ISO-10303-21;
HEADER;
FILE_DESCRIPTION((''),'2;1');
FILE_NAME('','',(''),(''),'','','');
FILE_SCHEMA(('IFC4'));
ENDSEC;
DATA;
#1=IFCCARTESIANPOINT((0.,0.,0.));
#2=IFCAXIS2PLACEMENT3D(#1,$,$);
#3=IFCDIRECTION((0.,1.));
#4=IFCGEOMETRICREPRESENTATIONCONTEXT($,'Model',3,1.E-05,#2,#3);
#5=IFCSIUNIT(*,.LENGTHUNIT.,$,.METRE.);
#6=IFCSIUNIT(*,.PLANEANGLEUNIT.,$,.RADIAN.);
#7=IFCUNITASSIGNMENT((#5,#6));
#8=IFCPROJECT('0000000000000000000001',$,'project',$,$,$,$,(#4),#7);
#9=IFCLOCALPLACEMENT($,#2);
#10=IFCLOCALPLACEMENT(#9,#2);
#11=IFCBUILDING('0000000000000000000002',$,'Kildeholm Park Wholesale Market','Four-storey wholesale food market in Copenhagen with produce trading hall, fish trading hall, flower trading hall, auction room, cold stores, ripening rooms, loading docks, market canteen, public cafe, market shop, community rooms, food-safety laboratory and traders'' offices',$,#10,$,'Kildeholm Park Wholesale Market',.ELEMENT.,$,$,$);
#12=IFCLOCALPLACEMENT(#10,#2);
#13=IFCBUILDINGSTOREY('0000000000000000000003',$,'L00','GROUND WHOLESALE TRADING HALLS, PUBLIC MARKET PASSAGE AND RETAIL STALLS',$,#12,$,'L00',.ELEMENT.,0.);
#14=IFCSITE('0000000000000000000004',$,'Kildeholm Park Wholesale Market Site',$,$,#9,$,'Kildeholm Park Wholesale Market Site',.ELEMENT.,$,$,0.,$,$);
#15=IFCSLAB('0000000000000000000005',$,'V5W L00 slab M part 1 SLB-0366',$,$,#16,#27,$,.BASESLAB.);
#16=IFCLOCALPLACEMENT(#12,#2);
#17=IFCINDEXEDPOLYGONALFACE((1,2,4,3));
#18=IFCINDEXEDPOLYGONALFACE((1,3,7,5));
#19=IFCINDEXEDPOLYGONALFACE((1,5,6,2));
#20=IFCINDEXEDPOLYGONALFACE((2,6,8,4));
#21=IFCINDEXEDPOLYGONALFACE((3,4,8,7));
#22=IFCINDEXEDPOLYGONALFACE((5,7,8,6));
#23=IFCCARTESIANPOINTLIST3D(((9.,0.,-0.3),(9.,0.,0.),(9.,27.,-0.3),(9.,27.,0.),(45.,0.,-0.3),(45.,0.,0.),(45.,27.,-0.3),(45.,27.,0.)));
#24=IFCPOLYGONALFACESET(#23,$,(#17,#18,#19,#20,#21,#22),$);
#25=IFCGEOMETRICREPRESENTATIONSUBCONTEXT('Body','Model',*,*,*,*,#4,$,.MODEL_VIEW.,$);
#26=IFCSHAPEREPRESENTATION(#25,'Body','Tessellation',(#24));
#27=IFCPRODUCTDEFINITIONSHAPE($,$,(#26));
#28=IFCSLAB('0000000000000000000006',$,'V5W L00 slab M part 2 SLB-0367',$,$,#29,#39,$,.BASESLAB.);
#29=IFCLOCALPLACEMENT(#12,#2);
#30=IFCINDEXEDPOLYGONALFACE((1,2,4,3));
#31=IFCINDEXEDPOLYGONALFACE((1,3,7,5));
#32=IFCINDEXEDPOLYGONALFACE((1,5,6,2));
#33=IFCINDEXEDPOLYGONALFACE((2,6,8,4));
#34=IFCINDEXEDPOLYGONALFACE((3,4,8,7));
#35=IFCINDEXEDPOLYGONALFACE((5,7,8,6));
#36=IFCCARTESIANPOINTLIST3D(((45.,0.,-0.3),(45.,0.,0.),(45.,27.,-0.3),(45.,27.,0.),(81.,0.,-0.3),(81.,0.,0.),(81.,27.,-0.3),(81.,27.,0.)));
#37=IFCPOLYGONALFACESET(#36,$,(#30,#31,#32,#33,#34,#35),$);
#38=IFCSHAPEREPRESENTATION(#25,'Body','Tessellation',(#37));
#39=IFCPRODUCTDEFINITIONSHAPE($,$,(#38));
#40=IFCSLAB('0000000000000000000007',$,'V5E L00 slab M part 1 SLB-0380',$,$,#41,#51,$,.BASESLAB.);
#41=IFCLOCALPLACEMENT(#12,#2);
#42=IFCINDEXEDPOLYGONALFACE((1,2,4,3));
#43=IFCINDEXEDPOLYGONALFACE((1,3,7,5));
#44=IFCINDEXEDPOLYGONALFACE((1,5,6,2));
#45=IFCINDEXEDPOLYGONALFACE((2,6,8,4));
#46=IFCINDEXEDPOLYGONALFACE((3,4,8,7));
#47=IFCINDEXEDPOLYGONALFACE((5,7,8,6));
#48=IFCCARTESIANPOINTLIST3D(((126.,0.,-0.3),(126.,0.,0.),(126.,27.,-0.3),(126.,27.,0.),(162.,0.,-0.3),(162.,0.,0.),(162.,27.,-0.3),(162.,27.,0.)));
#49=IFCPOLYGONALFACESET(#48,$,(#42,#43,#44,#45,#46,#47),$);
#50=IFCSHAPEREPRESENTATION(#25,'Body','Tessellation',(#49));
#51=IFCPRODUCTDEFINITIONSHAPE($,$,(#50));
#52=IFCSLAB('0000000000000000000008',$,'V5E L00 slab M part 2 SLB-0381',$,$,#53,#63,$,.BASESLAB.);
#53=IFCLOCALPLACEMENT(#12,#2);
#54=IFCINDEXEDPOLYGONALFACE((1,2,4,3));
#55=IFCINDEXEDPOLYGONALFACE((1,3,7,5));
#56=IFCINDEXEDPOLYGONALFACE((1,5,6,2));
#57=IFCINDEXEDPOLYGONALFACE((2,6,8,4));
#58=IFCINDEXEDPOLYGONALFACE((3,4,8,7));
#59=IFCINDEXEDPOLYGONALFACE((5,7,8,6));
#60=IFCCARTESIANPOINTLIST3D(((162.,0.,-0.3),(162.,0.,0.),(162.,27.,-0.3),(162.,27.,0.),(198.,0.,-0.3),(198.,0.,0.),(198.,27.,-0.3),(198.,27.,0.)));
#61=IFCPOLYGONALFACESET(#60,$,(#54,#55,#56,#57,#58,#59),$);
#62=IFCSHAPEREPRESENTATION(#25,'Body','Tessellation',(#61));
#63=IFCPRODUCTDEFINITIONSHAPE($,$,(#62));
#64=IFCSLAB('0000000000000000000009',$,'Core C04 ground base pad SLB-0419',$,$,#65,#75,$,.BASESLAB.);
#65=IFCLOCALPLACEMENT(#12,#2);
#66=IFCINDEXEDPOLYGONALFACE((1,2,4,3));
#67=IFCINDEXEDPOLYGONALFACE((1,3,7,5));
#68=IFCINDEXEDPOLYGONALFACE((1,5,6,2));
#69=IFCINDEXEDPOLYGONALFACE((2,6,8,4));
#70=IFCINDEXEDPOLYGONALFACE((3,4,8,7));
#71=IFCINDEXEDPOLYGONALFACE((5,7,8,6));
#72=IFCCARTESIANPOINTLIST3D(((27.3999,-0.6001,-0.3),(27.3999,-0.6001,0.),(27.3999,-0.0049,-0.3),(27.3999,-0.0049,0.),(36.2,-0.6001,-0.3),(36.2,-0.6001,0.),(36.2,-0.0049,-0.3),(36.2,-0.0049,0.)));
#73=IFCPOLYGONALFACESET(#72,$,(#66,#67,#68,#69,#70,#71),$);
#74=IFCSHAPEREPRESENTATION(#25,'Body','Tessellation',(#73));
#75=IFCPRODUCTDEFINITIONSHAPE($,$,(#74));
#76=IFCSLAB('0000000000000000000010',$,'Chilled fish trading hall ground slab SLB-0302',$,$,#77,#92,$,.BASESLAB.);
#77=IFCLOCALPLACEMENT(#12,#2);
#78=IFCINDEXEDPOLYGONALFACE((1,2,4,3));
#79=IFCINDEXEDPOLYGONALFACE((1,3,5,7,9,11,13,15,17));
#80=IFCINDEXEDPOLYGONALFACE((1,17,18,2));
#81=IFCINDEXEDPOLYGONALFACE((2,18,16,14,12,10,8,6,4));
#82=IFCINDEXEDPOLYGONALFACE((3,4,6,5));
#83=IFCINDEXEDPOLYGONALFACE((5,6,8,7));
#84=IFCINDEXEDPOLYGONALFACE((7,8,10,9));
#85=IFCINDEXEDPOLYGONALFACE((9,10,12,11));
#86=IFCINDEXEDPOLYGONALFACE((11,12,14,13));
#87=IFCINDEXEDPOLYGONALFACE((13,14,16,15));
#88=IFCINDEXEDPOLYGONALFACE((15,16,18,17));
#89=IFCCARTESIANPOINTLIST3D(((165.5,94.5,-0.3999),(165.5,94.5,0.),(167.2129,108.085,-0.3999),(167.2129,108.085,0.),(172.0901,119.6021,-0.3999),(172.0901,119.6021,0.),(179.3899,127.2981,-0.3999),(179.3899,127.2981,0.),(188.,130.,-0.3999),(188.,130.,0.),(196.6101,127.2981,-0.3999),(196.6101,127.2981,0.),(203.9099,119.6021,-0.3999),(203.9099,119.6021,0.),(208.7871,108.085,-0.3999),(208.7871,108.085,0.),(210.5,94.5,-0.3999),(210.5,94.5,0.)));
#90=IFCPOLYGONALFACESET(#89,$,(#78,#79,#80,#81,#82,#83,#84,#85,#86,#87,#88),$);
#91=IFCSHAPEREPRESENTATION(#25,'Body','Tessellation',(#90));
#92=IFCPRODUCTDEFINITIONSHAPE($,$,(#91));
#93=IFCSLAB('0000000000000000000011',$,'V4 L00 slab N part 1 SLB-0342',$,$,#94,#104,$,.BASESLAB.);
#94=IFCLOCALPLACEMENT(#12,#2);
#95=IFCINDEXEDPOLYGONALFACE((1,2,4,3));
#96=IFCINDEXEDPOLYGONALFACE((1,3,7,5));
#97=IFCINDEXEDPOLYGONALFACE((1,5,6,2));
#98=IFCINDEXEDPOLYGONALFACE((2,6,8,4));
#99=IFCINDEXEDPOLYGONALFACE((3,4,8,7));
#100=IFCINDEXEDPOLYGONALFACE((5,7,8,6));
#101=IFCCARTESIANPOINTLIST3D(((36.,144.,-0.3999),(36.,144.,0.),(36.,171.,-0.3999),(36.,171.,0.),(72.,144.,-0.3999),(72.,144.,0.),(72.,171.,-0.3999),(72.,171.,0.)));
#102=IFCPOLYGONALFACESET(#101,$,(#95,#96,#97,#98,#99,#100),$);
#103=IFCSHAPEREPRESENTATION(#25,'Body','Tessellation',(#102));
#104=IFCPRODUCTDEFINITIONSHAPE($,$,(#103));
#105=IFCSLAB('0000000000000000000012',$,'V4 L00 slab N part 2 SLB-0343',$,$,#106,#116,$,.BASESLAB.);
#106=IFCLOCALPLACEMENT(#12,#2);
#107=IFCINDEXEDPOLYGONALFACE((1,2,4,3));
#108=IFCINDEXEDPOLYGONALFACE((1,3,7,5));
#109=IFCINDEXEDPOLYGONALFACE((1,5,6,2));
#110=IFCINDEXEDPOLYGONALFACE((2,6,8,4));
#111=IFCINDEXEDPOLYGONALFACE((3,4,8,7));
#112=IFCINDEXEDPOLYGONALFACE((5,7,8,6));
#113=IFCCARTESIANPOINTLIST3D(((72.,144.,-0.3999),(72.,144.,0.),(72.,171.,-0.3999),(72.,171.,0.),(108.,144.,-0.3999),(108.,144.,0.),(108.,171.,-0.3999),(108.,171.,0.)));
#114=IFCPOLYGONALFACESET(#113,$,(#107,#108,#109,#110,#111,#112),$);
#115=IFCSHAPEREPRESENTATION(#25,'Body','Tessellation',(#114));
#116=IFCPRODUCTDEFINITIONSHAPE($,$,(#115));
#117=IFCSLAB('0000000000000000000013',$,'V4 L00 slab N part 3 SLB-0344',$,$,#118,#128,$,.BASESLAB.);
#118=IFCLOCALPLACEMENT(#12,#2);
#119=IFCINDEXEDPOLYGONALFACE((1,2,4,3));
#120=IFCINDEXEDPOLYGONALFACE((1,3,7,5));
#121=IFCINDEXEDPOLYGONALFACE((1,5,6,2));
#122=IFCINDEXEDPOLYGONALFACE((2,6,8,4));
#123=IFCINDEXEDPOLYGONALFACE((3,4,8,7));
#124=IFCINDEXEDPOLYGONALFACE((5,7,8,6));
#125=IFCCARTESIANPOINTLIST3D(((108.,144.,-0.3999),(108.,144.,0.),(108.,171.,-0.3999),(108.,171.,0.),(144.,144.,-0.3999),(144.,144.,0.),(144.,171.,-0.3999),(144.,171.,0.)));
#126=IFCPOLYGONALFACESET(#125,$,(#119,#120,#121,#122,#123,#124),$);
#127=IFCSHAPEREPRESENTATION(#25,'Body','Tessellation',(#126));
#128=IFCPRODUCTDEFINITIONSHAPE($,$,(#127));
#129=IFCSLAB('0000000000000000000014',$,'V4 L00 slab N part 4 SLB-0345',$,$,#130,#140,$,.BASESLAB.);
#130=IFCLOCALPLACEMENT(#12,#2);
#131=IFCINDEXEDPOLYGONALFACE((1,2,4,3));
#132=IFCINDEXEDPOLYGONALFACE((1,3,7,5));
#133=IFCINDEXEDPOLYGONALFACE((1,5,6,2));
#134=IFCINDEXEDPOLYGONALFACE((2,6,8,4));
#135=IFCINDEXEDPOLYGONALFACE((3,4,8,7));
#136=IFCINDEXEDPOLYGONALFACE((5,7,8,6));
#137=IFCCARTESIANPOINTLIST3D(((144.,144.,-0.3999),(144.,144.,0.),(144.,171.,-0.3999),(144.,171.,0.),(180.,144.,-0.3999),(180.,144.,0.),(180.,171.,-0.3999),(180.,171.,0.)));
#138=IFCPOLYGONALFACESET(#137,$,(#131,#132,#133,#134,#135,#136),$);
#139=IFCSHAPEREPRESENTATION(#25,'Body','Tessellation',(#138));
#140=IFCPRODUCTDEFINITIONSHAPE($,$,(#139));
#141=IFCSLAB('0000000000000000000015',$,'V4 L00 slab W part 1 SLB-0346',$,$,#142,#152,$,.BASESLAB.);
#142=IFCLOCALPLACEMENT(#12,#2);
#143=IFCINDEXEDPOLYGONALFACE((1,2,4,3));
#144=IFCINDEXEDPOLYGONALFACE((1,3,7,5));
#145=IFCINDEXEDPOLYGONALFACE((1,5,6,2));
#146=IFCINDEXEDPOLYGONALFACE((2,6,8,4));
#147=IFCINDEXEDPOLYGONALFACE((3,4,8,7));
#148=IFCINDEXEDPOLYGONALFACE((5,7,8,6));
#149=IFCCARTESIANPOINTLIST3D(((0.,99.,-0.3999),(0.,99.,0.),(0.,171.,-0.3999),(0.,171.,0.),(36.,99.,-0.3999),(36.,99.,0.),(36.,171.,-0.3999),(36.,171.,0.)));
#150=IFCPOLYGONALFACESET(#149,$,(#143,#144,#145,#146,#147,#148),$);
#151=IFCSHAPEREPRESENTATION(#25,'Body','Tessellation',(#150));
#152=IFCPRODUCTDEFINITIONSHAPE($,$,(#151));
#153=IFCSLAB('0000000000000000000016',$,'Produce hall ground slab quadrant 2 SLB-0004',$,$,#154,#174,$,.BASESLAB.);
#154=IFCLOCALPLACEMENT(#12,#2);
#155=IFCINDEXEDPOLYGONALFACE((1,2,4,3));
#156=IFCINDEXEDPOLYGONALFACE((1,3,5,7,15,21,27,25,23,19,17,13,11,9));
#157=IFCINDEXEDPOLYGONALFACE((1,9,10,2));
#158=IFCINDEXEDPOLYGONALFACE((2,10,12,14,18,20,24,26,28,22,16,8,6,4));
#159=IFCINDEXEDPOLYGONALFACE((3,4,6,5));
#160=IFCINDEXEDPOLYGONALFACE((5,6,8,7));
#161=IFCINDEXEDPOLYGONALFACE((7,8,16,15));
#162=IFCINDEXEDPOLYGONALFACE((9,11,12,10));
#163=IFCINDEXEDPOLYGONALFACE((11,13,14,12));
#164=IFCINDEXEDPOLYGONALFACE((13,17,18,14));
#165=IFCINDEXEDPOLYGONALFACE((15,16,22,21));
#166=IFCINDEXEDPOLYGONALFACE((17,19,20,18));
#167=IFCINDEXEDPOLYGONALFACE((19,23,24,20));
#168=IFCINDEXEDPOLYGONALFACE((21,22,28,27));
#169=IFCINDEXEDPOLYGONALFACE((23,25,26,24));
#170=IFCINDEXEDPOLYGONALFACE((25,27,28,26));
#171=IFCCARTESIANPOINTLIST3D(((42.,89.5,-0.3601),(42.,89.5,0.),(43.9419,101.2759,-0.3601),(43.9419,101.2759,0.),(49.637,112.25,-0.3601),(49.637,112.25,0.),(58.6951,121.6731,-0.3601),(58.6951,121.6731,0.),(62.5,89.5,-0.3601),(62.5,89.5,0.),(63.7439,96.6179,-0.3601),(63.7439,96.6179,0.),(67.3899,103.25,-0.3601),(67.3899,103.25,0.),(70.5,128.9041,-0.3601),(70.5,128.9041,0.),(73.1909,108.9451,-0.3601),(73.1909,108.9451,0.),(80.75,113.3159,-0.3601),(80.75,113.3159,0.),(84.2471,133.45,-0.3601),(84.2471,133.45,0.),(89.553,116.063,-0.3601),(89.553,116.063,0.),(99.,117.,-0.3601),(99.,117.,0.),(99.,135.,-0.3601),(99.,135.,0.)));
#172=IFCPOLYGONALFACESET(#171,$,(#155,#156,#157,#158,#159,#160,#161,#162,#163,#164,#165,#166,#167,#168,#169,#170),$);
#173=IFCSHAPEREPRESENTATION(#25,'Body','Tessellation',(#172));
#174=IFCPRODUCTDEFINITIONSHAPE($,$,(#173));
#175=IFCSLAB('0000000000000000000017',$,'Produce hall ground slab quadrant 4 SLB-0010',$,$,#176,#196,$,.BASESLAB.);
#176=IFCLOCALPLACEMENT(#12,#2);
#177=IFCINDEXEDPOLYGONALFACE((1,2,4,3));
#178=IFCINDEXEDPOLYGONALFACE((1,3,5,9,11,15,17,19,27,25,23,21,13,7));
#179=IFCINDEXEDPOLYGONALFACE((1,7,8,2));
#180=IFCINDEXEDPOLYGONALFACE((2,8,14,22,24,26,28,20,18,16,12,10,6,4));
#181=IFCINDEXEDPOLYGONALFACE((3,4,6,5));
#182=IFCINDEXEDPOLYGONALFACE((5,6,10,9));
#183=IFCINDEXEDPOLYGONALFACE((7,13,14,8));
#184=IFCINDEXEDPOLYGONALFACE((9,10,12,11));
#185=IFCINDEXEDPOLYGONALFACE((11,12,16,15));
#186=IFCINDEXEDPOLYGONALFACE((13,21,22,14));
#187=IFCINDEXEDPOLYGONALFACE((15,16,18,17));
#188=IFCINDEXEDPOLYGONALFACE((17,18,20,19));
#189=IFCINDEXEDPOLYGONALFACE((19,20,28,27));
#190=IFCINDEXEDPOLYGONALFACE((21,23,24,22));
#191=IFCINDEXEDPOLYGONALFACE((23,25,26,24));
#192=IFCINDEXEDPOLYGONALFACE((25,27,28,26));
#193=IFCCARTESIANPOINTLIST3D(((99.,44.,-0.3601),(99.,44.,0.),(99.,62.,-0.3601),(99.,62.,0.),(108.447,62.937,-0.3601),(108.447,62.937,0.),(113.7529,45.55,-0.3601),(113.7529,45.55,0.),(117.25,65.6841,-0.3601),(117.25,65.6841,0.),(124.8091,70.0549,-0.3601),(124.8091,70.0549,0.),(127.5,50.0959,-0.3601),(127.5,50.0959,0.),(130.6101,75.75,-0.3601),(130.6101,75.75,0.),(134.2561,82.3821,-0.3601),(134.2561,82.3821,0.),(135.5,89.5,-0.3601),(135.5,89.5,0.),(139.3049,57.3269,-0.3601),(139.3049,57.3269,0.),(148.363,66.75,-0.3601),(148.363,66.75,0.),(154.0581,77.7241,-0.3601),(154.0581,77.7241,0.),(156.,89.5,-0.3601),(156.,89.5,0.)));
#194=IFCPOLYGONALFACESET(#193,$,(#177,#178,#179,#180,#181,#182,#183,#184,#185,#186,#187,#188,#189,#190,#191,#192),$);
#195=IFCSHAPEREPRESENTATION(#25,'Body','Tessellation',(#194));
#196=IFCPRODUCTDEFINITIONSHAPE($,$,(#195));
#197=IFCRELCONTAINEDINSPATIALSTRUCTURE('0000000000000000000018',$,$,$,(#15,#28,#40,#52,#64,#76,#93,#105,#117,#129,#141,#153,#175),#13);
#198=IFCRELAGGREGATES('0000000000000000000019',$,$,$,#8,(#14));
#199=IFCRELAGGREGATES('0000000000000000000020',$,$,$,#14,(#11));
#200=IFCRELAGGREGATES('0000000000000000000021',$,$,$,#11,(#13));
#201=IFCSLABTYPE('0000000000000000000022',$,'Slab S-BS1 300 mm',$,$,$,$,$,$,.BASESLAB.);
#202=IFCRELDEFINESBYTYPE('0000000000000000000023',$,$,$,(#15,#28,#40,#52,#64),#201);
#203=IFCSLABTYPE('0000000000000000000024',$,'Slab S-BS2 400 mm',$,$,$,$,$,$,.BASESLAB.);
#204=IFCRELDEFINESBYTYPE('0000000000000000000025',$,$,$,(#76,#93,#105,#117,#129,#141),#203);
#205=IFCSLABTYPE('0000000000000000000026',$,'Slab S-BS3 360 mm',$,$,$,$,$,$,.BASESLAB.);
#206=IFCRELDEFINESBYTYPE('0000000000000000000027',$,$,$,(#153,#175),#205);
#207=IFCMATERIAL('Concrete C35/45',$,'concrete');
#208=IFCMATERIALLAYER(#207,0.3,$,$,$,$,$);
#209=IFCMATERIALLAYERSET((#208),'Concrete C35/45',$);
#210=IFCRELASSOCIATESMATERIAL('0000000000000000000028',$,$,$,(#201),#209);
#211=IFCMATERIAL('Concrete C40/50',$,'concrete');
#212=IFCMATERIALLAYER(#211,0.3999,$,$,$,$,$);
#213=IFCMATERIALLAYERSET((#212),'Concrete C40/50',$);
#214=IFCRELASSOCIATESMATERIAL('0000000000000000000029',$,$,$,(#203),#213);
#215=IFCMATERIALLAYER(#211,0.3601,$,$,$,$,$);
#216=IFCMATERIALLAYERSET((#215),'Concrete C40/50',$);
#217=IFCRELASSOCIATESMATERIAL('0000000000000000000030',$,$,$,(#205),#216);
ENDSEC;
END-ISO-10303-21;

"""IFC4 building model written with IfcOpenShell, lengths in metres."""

from ifc_helpers import new_model, si_unit, direction, frame, origin, place, context, subcontext, project, spatial, polyline, outline, extrude, material, layer, layer_set, type_object, element, save


model = new_model("IFC4")

# Units and contexts
model_context = context("Model", 3, precision=1e-05, world=origin(), true_north=direction((0.0, 1.0)))
body_context = subcontext(model_context, "Body", "Model", "MODEL_VIEW")
ifc_project = project(units=[si_unit("LENGTHUNIT", "METRE"), si_unit("PLANEANGLEUNIT", "RADIAN")], contexts=[model_context])

# Site, building, storey
site_placement = place(None, origin())
site = spatial("IfcSite", under=ifc_project, at=site_placement, Name="Kildeholm Park Wholesale Market Site", LongName="Kildeholm Park Wholesale Market Site", CompositionType="ELEMENT", RefElevation=0.0)
building_placement = place(site_placement, origin())
building = spatial("IfcBuilding", under=site, at=building_placement, Name="Kildeholm Park Wholesale Market", Description="Four-storey wholesale food market in Copenhagen with produce trading hall, fish trading hall, flower trading hall, auction room, cold stores, ripening rooms, loading docks, market canteen, public cafe, market shop, community rooms, food-safety laboratory and traders' offices", LongName="Kildeholm Park Wholesale Market", CompositionType="ELEMENT")
storey_placement = place(building_placement, origin())
storey = spatial("IfcBuildingStorey", under=building, at=storey_placement, Name="L00", Description="GROUND WHOLESALE TRADING HALLS, PUBLIC MARKET PASSAGE AND RETAIL STALLS", LongName="L00", CompositionType="ELEMENT", Elevation=0.0)

# Shared definitions
ifc_material_1 = material(Name="Concrete C35/45", Category="concrete")

# Slabs
ifc_material_2 = material(Name="Concrete C40/50", Category="concrete")
ifc_layer_1 = layer(ifc_material_1, 0.3)
ifc_layer_set_1 = layer_set([ifc_layer_1], Name="Concrete C35/45")
slab_type_1 = type_object("IfcSlabType", Name="Slab S-BS1 300 mm", PredefinedType="BASESLAB", material=ifc_layer_set_1)
slab_1_placement = place(storey_placement, frame((0.0, 0.0, -0.3)))
element("IfcSlab", 1, at=slab_1_placement, inside=storey, type_object=slab_type_1, Name="V5W L00 slab M part 1 SLB-0366", PredefinedType="BASESLAB", context=body_context, shape_type="SweptSolid", body=[
    extrude(outline(polyline([(9.0, 0.0), (45.0, 0.0), (45.0, 27.0), (9.0, 27.0), (9.0, 0.0)])), origin(), (0.0, 0.0, 1.0), 0.3),
])
slab_2_placement = place(storey_placement, frame((0.0, 0.0, -0.3)))
element("IfcSlab", 2, at=slab_2_placement, inside=storey, type_object=slab_type_1, Name="V5W L00 slab M part 2 SLB-0367", PredefinedType="BASESLAB", context=body_context, shape_type="SweptSolid", body=[
    extrude(outline(polyline([(45.0, 0.0), (81.0, 0.0), (81.0, 27.0), (45.0, 27.0), (45.0, 0.0)])), origin(), (0.0, 0.0, 1.0), 0.3),
])
slab_3_placement = place(storey_placement, frame((0.0, 0.0, -0.3)))
element("IfcSlab", 3, at=slab_3_placement, inside=storey, type_object=slab_type_1, Name="V5E L00 slab M part 1 SLB-0380", PredefinedType="BASESLAB", context=body_context, shape_type="SweptSolid", body=[
    extrude(outline(polyline([(126.0, 0.0), (162.0, 0.0), (162.0, 27.0), (126.0, 27.0), (126.0, 0.0)])), origin(), (0.0, 0.0, 1.0), 0.3),
])
slab_4_placement = place(storey_placement, frame((0.0, 0.0, -0.3)))
element("IfcSlab", 4, at=slab_4_placement, inside=storey, type_object=slab_type_1, Name="V5E L00 slab M part 2 SLB-0381", PredefinedType="BASESLAB", context=body_context, shape_type="SweptSolid", body=[
    extrude(outline(polyline([(162.0, 0.0), (198.0, 0.0), (198.0, 27.0), (162.0, 27.0), (162.0, 0.0)])), origin(), (0.0, 0.0, 1.0), 0.3),
])
slab_5_placement = place(storey_placement, frame((0.0, 0.0, -0.3)))
element("IfcSlab", 5, at=slab_5_placement, inside=storey, type_object=slab_type_1, Name="Core C04 ground base pad SLB-0419", PredefinedType="BASESLAB", context=body_context, shape_type="SweptSolid", body=[
    extrude(outline(polyline([(36.2, -0.6001), (27.3999, -0.6001), (27.3999, -0.0049), (36.2, -0.0049), (36.2, -0.6001)])), origin(), (0.0, 0.0, 1.0), 0.3),
])
ifc_layer_2 = layer(ifc_material_2, 0.3999)
ifc_layer_set_2 = layer_set([ifc_layer_2], Name="Concrete C40/50")
slab_type_2 = type_object("IfcSlabType", Name="Slab S-BS2 400 mm", PredefinedType="BASESLAB", material=ifc_layer_set_2)
slab_6_placement = place(storey_placement, frame((0.0, 0.0, -0.3999)))
element("IfcSlab", 6, at=slab_6_placement, inside=storey, type_object=slab_type_2, Name="Chilled fish trading hall ground slab SLB-0302", PredefinedType="BASESLAB", context=body_context, shape_type="SweptSolid", body=[
    extrude(outline(polyline([(210.5, 94.5), (208.7871, 108.085), (203.9099, 119.6021), (196.6101, 127.2981), (188.0, 130.0), (179.3899, 127.2981), (172.0901, 119.6021), (167.2129, 108.085), (165.5, 94.5), (210.5, 94.5)])), origin(), (0.0, 0.0, 1.0), 0.3999),
])
slab_7_placement = place(storey_placement, frame((0.0, 0.0, -0.3999)))
element("IfcSlab", 7, at=slab_7_placement, inside=storey, type_object=slab_type_2, Name="V4 L00 slab N part 1 SLB-0342", PredefinedType="BASESLAB", context=body_context, shape_type="SweptSolid", body=[
    extrude(outline(polyline([(36.0, 144.0), (72.0, 144.0), (72.0, 171.0), (36.0, 171.0), (36.0, 144.0)])), origin(), (0.0, 0.0, 1.0), 0.3999),
])
slab_8_placement = place(storey_placement, frame((0.0, 0.0, -0.3999)))
element("IfcSlab", 8, at=slab_8_placement, inside=storey, type_object=slab_type_2, Name="V4 L00 slab N part 2 SLB-0343", PredefinedType="BASESLAB", context=body_context, shape_type="SweptSolid", body=[
    extrude(outline(polyline([(72.0, 144.0), (108.0, 144.0), (108.0, 171.0), (72.0, 171.0), (72.0, 144.0)])), origin(), (0.0, 0.0, 1.0), 0.3999),
])
slab_9_placement = place(storey_placement, frame((0.0, 0.0, -0.3999)))
element("IfcSlab", 9, at=slab_9_placement, inside=storey, type_object=slab_type_2, Name="V4 L00 slab N part 3 SLB-0344", PredefinedType="BASESLAB", context=body_context, shape_type="SweptSolid", body=[
    extrude(outline(polyline([(108.0, 144.0), (144.0, 144.0), (144.0, 171.0), (108.0, 171.0), (108.0, 144.0)])), origin(), (0.0, 0.0, 1.0), 0.3999),
])
slab_10_placement = place(storey_placement, frame((0.0, 0.0, -0.3999)))
element("IfcSlab", 10, at=slab_10_placement, inside=storey, type_object=slab_type_2, Name="V4 L00 slab N part 4 SLB-0345", PredefinedType="BASESLAB", context=body_context, shape_type="SweptSolid", body=[
    extrude(outline(polyline([(144.0, 144.0), (180.0, 144.0), (180.0, 171.0), (144.0, 171.0), (144.0, 144.0)])), origin(), (0.0, 0.0, 1.0), 0.3999),
])
slab_11_placement = place(storey_placement, frame((0.0, 0.0, -0.3999)))
element("IfcSlab", 11, at=slab_11_placement, inside=storey, type_object=slab_type_2, Name="V4 L00 slab W part 1 SLB-0346", PredefinedType="BASESLAB", context=body_context, shape_type="SweptSolid", body=[
    extrude(outline(polyline([(0.0, 99.0), (36.0, 99.0), (36.0, 171.0), (0.0, 171.0), (0.0, 99.0)])), origin(), (0.0, 0.0, 1.0), 0.3999),
])
ifc_layer_3 = layer(ifc_material_2, 0.3601)
ifc_layer_set_3 = layer_set([ifc_layer_3], Name="Concrete C40/50")
slab_type_3 = type_object("IfcSlabType", Name="Slab S-BS3 360 mm", PredefinedType="BASESLAB", material=ifc_layer_set_3)
slab_12_placement = place(storey_placement, frame((0.0, 0.0, -0.3601)))
element("IfcSlab", 12, at=slab_12_placement, inside=storey, type_object=slab_type_3, Name="Produce hall ground slab quadrant 2 SLB-0004", PredefinedType="BASESLAB", context=body_context, shape_type="SweptSolid", body=[
    extrude(outline(polyline([(99.0, 135.0), (84.2471, 133.45), (70.5, 128.9041), (58.6951, 121.6731), (49.637, 112.25), (43.9419, 101.2759), (42.0, 89.5), (62.5, 89.5), (63.7439, 96.6179), (67.3899, 103.25), (73.1909, 108.9451), (80.75, 113.3159), (89.553, 116.063), (99.0, 117.0), (99.0, 135.0)])), origin(), (0.0, 0.0, 1.0), 0.3601),
])
slab_13_placement = place(storey_placement, frame((0.0, 0.0, -0.3601)))
element("IfcSlab", 13, at=slab_13_placement, inside=storey, type_object=slab_type_3, Name="Produce hall ground slab quadrant 4 SLB-0010", PredefinedType="BASESLAB", context=body_context, shape_type="SweptSolid", body=[
    extrude(outline(polyline([(99.0, 44.0), (113.7529, 45.55), (127.5, 50.0959), (139.3049, 57.3269), (148.363, 66.75), (154.0581, 77.7241), (156.0, 89.5), (135.5, 89.5), (134.2561, 82.3821), (130.6101, 75.75), (124.8091, 70.0549), (117.25, 65.6841), (108.447, 62.937), (99.0, 62.0), (99.0, 44.0)])), origin(), (0.0, 0.0, 1.0), 0.3601),
])

save(model, "model.ifc")
